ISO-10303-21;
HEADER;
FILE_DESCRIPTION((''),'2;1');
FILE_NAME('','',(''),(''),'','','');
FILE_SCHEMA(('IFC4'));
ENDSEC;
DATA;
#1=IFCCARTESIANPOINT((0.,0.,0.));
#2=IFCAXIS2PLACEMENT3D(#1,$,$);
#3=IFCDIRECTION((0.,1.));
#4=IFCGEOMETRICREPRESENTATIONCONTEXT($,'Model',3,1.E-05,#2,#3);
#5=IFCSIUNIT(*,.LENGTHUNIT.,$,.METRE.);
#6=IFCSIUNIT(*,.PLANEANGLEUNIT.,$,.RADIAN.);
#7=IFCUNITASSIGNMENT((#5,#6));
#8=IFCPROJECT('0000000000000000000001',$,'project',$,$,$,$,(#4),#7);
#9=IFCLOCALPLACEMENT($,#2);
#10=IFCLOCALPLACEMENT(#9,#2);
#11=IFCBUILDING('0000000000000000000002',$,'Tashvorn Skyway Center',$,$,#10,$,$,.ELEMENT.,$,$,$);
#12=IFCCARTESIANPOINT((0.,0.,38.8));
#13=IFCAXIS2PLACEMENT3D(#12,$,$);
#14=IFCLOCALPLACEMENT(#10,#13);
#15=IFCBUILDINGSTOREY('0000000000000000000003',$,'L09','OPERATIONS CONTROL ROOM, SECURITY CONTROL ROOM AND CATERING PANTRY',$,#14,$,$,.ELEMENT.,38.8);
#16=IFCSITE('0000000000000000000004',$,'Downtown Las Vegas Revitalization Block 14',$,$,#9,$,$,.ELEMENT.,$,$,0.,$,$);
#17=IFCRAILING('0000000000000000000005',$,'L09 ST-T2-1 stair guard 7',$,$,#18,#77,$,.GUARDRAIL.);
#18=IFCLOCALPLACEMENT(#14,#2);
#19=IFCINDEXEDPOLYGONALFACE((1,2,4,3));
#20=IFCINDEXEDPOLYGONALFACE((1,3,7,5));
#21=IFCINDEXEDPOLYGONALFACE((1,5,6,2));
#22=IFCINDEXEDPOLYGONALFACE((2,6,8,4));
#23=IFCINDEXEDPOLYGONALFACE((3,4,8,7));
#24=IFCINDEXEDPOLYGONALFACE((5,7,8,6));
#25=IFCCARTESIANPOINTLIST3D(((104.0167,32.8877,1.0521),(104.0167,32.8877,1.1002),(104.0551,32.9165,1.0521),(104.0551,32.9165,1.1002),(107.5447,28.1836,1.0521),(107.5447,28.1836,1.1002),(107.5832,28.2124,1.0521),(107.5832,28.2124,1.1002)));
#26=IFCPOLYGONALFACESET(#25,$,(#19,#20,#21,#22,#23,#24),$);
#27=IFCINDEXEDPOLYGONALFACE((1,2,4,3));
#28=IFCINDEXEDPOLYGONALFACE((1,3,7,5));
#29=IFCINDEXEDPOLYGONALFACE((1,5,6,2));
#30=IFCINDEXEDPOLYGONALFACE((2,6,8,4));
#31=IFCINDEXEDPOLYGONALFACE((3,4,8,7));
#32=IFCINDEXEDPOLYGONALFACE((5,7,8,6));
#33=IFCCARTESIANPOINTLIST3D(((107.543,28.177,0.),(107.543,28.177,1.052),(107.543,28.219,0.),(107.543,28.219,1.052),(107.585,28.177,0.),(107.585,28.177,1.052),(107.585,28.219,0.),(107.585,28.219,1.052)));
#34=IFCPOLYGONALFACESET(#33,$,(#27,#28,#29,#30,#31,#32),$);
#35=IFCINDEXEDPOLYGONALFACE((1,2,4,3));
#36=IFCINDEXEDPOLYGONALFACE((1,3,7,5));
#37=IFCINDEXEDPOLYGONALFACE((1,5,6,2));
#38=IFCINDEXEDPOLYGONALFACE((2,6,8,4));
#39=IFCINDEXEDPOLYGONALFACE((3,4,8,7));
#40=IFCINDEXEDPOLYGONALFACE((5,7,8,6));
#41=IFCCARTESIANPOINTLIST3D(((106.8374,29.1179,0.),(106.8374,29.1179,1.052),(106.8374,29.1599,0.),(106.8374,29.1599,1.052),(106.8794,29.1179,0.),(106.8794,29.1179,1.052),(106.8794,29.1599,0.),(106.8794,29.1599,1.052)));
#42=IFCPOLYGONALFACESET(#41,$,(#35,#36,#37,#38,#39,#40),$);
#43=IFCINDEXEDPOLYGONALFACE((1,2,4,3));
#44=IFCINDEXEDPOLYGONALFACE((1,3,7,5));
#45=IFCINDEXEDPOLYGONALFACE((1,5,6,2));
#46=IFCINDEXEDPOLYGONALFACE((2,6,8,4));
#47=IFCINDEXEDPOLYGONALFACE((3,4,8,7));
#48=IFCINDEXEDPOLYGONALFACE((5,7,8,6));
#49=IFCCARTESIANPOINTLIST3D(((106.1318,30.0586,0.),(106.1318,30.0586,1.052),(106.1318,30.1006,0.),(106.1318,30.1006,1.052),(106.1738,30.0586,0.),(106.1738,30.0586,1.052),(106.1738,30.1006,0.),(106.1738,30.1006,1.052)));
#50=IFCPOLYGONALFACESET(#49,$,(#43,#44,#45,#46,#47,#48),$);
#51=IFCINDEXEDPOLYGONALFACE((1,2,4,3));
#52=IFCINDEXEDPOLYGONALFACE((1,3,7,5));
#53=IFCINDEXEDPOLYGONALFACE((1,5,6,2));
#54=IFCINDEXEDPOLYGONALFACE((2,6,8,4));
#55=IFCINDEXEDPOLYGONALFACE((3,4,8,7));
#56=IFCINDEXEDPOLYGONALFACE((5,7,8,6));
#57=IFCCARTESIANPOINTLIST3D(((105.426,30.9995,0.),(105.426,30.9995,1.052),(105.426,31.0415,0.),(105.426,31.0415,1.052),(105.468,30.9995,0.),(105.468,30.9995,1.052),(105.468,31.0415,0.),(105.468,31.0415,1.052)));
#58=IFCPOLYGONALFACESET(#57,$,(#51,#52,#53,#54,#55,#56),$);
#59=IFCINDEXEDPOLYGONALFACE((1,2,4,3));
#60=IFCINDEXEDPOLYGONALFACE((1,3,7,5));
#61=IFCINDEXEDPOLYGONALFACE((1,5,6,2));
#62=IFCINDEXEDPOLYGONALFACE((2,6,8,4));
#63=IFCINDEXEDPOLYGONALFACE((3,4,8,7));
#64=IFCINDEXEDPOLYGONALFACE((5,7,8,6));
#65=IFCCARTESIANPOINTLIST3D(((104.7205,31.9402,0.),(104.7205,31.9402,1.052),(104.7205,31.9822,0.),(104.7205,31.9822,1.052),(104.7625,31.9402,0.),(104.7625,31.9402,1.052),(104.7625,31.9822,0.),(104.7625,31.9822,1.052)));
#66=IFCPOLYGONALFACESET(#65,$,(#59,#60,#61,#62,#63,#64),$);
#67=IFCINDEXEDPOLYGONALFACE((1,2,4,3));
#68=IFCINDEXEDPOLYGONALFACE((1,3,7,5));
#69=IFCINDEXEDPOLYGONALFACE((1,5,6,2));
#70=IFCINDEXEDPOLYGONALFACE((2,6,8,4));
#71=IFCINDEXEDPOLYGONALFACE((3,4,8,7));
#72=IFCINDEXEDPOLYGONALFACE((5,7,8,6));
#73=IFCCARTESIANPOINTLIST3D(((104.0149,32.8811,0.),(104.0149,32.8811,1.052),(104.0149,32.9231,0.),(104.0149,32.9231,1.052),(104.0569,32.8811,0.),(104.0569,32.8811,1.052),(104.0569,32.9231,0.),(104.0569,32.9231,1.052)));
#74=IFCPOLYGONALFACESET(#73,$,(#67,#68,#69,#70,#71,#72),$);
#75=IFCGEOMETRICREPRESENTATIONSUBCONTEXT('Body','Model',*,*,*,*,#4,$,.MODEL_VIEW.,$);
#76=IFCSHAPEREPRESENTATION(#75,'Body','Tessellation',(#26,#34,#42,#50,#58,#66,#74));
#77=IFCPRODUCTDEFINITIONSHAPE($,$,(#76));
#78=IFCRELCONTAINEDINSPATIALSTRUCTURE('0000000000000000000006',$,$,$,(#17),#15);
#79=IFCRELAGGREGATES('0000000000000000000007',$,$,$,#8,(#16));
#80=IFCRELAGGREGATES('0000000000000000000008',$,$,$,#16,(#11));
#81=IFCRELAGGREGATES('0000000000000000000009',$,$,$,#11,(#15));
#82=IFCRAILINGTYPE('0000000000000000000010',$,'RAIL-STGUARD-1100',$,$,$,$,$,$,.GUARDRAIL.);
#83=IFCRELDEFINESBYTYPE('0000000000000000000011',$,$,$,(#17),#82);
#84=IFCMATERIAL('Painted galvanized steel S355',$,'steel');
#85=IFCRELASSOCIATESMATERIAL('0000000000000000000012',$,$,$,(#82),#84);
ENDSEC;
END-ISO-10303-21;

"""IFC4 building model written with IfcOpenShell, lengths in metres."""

from ifc_helpers import new_model, si_unit, direction, frame, origin, origin_2d, place, context, subcontext, project, spatial, rectangle, extrude, material, type_object, element, save


model = new_model("IFC4")

# Units and contexts
model_context = context("Model", 3, precision=1e-05, world=origin(), true_north=direction((0.0, 1.0)))
body_context = subcontext(model_context, "Body", "Model", "MODEL_VIEW")
ifc_project = project(units=[si_unit("LENGTHUNIT", "METRE"), si_unit("PLANEANGLEUNIT", "RADIAN")], contexts=[model_context])

# Site, building, storey
site_placement = place(None, origin())
site = spatial("IfcSite", under=ifc_project, at=site_placement, Name="Downtown Las Vegas Revitalization Block 14", CompositionType="ELEMENT", RefElevation=0.0)
building_placement = place(site_placement, origin())
building = spatial("IfcBuilding", under=site, at=building_placement, Name="Tashvorn Skyway Center", CompositionType="ELEMENT")
storey_placement = place(building_placement, frame((0.0, 0.0, 38.8)))
storey = spatial("IfcBuildingStorey", under=building, at=storey_placement, Name="L09", Description="OPERATIONS CONTROL ROOM, SECURITY CONTROL ROOM AND CATERING PANTRY", CompositionType="ELEMENT", Elevation=38.8)

# Railing
ifc_material_1 = material(Name="Painted galvanized steel S355", Category="steel")
railing_type_1 = type_object("IfcRailingType", Name="RAIL-STGUARD-1100", PredefinedType="GUARDRAIL", material=ifc_material_1)
railing_1_placement = place(storey_placement, frame((107.564, 28.198, 0.0)))
element("IfcRailing", 1, at=railing_1_placement, inside=storey, type_object=railing_type_1, Name="L09 ST-T2-1 stair guard 7", PredefinedType="GUARDRAIL", context=body_context, shape_type="SweptSolid", body=[
    extrude(rectangle(XDim=0.0481, YDim=0.0481, at=origin_2d()), frame((0.0, 0.0, 1.0762), z_axis=(-0.6, 0.8, 0.0), x_axis=(-0.8, -0.6, 0.0)), (0.0, 0.0, 1.0), 5.8801),
    extrude(rectangle(XDim=0.042, YDim=0.042, at=origin_2d()), origin(), (0.0, 0.0, 1.0), 1.052),
    extrude(rectangle(XDim=0.042, YDim=0.042, at=origin_2d()), frame((-0.7056, 0.9409, 0.0)), (0.0, 0.0, 1.0), 1.052),
    extrude(rectangle(XDim=0.042, YDim=0.042, at=origin_2d()), frame((-1.4111, 1.8816, 0.0)), (0.0, 0.0, 1.0), 1.052),
    extrude(rectangle(XDim=0.042, YDim=0.042, at=origin_2d()), frame((-2.1169, 2.8225, 0.0)), (0.0, 0.0, 1.0), 1.052),
    extrude(rectangle(XDim=0.042, YDim=0.042, at=origin_2d()), frame((-2.8225, 3.7632, 0.0)), (0.0, 0.0, 1.0), 1.052),
    extrude(rectangle(XDim=0.042, YDim=0.042, at=origin_2d()), frame((-3.5281, 4.7041, 0.0)), (0.0, 0.0, 1.0), 1.052),
])

save(model, "model.ifc")
